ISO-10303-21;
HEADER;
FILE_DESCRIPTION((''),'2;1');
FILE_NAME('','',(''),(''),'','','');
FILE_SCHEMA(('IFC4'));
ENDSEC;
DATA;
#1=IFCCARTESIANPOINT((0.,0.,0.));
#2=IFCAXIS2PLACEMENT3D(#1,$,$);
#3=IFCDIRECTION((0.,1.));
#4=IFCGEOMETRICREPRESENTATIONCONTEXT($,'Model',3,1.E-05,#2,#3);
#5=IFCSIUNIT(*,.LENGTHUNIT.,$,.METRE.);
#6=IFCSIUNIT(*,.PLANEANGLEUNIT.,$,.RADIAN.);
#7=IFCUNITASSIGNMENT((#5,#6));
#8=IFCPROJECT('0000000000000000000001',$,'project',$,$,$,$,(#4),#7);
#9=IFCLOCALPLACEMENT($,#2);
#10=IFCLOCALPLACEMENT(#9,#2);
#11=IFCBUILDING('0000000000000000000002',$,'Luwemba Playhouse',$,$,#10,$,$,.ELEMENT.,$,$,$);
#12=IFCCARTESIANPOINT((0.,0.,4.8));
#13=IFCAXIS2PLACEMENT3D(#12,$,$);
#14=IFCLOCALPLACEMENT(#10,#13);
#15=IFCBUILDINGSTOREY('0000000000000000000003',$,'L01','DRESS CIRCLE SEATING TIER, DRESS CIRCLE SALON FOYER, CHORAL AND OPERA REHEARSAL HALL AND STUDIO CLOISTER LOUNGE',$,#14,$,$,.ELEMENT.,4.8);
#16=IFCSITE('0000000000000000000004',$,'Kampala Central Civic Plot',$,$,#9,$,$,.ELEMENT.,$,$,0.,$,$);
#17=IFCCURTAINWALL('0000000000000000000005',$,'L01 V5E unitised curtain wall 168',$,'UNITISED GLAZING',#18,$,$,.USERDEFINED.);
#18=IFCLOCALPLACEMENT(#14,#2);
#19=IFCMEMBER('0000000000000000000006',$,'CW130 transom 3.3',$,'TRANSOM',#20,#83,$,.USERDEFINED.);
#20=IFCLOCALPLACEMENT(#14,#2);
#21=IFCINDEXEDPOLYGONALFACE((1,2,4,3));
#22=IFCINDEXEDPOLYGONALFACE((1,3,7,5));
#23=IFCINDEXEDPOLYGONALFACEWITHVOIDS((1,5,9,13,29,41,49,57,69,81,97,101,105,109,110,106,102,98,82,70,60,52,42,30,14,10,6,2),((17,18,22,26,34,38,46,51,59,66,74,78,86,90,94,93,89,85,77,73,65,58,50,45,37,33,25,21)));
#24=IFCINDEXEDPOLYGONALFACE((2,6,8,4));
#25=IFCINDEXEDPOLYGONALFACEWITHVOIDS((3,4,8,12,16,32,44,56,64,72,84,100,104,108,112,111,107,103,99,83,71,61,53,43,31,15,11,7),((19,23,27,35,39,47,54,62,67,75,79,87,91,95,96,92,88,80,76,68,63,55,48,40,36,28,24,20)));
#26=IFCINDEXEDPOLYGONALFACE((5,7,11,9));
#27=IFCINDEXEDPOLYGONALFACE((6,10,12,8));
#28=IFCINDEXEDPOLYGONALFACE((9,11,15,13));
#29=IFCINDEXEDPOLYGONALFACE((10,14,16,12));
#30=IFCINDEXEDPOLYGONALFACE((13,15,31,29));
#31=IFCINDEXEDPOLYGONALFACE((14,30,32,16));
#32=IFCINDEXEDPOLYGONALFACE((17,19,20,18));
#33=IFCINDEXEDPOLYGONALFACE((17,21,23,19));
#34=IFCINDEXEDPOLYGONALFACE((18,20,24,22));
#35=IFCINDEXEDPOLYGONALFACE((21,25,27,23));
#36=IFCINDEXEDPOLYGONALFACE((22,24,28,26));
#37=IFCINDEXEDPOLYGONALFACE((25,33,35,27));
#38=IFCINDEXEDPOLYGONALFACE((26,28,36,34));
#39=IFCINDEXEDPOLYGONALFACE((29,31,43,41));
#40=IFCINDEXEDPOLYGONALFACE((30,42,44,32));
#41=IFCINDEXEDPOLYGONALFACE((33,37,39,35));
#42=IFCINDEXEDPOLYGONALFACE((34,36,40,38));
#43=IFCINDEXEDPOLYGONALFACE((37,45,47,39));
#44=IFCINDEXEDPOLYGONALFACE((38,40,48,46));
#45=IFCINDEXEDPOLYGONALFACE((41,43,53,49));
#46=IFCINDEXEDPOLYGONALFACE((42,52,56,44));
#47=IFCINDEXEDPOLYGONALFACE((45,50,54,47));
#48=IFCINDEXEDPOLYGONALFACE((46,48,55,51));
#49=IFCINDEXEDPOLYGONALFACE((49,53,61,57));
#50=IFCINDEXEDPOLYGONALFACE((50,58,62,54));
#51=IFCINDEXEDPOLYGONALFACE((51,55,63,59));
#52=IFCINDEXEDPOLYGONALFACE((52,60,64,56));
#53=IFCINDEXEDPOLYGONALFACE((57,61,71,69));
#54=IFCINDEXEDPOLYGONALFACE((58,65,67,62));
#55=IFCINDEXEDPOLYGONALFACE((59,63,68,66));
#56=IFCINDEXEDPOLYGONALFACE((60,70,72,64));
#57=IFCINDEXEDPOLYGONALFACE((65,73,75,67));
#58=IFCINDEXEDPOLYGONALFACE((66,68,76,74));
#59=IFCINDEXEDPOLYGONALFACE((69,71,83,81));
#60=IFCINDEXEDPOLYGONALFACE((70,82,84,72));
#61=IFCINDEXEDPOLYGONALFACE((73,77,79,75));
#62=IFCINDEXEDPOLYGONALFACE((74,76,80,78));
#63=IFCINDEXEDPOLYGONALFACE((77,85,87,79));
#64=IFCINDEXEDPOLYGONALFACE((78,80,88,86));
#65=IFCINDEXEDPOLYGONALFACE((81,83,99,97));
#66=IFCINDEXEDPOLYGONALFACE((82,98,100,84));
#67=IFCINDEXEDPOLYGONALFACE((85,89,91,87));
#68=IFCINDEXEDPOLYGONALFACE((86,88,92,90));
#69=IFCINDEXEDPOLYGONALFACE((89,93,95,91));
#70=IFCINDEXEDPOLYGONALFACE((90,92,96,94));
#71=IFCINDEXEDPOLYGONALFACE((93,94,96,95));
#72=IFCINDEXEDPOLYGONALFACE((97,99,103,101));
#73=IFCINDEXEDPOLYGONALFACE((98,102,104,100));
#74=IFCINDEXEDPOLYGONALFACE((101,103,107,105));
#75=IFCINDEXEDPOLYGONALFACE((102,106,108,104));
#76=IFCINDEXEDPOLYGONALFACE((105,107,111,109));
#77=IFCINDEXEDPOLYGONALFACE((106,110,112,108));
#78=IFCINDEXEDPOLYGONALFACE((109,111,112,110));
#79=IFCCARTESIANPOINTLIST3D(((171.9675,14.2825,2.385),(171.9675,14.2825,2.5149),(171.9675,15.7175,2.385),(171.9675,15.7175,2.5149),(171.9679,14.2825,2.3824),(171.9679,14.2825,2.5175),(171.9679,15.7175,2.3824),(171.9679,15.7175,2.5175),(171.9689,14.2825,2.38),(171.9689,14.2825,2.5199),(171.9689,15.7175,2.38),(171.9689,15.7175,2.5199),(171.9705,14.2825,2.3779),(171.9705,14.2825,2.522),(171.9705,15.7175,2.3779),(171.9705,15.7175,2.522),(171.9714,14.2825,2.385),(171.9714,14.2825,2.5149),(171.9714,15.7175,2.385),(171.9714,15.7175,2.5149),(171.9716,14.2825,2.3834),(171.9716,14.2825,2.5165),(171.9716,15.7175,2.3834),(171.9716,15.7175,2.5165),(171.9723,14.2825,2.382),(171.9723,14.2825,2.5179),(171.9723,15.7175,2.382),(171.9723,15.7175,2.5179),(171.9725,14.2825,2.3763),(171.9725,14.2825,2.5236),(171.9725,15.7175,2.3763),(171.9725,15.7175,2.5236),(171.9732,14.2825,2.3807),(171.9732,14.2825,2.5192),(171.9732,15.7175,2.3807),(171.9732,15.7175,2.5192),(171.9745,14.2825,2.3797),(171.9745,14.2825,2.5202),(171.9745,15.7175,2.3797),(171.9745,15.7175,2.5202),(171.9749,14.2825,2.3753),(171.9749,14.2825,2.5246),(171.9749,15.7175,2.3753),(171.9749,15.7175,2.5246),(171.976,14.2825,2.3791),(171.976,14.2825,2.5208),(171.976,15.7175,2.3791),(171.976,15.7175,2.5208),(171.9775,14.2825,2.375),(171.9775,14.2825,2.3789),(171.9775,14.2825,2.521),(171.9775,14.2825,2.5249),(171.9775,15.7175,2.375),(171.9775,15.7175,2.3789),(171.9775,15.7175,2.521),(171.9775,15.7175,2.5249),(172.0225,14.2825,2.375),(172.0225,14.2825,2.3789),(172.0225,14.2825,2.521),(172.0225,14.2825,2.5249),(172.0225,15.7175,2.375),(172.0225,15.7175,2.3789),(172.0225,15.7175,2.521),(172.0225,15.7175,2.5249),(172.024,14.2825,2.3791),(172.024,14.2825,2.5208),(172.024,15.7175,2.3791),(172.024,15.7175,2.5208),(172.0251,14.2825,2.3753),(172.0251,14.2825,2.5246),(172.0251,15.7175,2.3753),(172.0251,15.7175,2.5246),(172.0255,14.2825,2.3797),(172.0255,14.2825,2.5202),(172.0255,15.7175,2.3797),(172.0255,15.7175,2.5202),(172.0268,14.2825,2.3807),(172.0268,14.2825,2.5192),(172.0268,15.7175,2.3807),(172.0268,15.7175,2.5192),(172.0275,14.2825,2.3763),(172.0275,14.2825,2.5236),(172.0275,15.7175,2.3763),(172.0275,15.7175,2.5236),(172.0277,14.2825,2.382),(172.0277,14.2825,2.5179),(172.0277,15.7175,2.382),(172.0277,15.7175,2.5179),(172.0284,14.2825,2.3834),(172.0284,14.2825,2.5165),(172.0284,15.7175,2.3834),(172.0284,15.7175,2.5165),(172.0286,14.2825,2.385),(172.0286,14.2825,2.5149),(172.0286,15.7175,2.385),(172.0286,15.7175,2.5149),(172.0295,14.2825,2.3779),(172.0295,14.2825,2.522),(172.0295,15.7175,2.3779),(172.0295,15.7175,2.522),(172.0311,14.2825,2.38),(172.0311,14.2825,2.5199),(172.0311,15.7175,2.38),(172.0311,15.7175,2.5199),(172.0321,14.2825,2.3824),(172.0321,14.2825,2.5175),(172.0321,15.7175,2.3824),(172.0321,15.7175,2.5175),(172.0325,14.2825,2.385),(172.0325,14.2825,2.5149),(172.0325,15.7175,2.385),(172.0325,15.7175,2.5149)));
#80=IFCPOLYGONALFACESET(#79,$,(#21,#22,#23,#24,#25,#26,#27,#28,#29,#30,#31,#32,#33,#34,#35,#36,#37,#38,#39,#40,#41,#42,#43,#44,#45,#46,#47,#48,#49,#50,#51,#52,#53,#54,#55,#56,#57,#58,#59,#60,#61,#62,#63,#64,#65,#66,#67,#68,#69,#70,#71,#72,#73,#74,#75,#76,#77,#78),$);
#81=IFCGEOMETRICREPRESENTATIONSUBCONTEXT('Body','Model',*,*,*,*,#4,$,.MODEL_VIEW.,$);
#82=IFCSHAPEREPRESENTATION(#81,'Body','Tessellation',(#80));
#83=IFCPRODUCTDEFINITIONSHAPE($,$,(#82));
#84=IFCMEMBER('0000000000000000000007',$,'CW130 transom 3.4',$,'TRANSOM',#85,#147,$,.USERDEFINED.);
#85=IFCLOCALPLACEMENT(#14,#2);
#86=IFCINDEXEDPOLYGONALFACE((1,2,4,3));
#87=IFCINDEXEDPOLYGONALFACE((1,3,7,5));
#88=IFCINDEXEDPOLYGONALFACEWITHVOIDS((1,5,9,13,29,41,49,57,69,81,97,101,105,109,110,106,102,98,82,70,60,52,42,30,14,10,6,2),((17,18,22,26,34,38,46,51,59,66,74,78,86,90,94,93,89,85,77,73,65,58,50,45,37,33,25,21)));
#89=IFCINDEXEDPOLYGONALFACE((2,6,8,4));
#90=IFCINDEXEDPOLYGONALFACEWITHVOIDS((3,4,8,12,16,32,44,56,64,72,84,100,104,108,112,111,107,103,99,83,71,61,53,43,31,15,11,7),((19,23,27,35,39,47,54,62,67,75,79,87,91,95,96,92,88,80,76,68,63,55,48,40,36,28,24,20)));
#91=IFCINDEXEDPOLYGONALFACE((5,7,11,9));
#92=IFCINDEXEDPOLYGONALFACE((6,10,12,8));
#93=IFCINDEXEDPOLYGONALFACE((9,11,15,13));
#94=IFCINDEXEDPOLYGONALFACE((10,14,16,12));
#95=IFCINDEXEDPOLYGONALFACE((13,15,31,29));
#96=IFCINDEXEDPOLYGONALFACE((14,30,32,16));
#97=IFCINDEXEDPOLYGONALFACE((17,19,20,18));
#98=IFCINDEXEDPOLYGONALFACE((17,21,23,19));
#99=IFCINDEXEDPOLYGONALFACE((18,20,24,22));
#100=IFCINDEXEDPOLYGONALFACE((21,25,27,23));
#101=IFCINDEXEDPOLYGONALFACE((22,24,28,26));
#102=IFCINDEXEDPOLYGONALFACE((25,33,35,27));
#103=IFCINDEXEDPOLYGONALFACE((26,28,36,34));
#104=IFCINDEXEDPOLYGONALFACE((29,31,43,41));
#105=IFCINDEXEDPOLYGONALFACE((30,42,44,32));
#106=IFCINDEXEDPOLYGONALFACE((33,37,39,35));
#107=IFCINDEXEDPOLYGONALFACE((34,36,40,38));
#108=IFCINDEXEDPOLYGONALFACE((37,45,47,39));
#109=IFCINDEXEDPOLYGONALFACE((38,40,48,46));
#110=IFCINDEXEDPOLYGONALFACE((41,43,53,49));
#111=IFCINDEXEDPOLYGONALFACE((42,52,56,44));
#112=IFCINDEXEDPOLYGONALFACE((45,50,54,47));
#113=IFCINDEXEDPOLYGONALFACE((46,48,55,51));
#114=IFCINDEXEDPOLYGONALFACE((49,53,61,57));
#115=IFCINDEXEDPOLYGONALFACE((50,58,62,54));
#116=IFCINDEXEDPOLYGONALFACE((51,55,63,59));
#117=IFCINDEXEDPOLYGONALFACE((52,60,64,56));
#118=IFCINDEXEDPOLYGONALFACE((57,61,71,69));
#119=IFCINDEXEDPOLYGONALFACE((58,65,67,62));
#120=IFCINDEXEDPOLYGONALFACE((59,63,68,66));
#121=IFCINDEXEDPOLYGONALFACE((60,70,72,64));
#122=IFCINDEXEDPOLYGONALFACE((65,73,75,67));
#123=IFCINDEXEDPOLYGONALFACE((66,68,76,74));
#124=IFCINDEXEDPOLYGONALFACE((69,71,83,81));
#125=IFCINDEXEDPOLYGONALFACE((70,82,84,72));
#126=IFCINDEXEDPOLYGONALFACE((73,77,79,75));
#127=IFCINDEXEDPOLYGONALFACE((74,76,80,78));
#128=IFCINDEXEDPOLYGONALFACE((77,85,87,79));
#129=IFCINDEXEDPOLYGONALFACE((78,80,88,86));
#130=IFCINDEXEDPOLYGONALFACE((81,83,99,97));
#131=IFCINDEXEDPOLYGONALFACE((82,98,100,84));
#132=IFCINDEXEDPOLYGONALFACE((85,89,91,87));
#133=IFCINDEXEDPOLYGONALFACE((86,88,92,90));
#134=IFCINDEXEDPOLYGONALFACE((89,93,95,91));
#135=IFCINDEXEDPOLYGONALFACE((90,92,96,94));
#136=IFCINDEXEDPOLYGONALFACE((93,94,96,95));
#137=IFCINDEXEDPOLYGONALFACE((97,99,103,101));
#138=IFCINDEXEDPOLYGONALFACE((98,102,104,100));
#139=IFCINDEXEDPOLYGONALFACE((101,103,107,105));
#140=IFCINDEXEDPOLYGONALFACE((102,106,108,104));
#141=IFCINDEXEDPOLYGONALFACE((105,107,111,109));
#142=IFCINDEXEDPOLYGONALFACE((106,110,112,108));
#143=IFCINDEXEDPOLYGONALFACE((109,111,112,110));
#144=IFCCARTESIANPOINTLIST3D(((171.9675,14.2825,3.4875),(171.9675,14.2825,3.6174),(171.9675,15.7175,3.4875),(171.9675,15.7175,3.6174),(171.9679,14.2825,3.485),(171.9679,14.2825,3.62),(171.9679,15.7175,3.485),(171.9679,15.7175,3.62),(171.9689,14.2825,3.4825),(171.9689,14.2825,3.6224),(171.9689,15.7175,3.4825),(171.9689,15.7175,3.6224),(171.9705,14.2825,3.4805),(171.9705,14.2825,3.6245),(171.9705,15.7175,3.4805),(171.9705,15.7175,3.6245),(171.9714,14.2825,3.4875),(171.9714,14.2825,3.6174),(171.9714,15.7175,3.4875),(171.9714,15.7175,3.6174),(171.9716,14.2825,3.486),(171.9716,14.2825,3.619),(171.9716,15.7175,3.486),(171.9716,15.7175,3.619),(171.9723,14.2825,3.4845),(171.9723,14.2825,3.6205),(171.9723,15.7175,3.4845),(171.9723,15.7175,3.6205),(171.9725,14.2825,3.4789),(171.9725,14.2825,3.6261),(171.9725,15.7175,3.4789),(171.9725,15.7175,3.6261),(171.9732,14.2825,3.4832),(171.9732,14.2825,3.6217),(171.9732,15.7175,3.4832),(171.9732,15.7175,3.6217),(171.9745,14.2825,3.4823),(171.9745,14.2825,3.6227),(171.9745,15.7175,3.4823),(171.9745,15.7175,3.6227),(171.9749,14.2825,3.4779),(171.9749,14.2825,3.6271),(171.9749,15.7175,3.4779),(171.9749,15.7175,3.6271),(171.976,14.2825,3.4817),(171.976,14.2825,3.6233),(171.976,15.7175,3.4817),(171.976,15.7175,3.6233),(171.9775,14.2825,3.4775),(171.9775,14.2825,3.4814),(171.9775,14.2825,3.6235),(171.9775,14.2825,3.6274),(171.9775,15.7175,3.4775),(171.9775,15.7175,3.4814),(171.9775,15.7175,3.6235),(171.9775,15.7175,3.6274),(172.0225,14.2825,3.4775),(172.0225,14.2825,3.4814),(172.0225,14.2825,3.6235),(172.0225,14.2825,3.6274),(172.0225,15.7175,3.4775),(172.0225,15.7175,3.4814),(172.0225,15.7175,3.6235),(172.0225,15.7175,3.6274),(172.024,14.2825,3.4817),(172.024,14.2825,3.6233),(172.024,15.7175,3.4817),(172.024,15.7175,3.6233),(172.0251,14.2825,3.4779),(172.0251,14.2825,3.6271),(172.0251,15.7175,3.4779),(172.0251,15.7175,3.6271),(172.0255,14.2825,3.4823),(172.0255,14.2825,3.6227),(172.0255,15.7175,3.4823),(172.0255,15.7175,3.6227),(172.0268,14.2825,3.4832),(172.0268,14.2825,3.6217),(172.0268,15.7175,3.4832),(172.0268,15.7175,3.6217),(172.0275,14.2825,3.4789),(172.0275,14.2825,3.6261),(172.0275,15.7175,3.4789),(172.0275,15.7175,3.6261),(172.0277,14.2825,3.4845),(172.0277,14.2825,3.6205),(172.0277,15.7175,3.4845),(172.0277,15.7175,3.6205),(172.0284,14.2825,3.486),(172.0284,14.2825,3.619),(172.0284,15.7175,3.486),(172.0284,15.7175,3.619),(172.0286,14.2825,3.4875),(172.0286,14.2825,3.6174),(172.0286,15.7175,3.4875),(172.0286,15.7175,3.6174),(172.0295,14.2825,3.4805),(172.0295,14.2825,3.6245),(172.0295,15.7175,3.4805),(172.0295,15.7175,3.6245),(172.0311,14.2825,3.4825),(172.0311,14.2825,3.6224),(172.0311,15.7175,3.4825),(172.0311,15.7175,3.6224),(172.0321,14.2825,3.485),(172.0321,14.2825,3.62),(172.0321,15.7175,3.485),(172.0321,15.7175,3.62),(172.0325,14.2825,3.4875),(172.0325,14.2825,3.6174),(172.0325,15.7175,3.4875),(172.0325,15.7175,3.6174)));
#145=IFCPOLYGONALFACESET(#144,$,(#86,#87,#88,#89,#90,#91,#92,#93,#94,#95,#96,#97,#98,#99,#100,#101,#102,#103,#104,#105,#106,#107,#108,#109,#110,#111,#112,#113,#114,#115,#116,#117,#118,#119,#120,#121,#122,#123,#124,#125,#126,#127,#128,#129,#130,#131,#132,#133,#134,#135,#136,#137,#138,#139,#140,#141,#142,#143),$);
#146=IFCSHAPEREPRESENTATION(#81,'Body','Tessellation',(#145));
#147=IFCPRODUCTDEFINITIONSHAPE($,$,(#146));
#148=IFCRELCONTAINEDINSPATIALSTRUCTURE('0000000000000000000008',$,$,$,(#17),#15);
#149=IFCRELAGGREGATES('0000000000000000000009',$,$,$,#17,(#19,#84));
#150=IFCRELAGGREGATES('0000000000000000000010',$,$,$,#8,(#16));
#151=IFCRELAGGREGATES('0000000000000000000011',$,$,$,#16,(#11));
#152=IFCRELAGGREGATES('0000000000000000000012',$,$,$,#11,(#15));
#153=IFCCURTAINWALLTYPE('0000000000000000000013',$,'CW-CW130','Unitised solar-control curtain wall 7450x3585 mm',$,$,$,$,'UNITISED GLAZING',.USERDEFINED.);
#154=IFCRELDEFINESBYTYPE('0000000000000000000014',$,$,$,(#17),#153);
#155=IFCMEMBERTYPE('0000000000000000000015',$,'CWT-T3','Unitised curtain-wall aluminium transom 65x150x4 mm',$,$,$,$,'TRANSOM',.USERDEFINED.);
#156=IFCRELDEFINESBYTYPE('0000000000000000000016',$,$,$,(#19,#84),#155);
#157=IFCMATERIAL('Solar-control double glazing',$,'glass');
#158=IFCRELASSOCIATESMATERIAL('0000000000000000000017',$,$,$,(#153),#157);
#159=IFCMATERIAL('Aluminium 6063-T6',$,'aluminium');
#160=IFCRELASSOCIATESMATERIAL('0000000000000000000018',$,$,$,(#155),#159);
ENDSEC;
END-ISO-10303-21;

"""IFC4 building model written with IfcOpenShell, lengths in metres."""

from ifc_helpers import new_model, si_unit, direction, frame, origin, origin_2d, place, context, subcontext, project, spatial, hollow_rectangle, extrude, material, material_profile, profile_set, type_object, element, aggregate, save


model = new_model("IFC4")

# Units and contexts
model_context = context("Model", 3, precision=1e-05, world=origin(), true_north=direction((0.0, 1.0)))
body_context = subcontext(model_context, "Body", "Model", "MODEL_VIEW")
ifc_project = project(units=[si_unit("LENGTHUNIT", "METRE"), si_unit("PLANEANGLEUNIT", "RADIAN")], contexts=[model_context])

# Site, building, storey
site_placement = place(None, origin())
site = spatial("IfcSite", under=ifc_project, at=site_placement, Name="Kampala Central Civic Plot", CompositionType="ELEMENT", RefElevation=0.0)
building_placement = place(site_placement, origin())
building = spatial("IfcBuilding", under=site, at=building_placement, Name="Luwemba Playhouse", CompositionType="ELEMENT")
storey_placement = place(building_placement, frame((0.0, 0.0, 4.8)))
storey = spatial("IfcBuildingStorey", under=building, at=storey_placement, Name="L01", Description="DRESS CIRCLE SEATING TIER, DRESS CIRCLE SALON FOYER, CHORAL AND OPERA REHEARSAL HALL AND STUDIO CLOISTER LOUNGE", CompositionType="ELEMENT", Elevation=4.8)

# Curtain wall, members
ifc_material_1 = material(Name="Solar-control double glazing", Category="glass")
curtain_wall_type_1 = type_object("IfcCurtainWallType", Name="CW-CW130", Description="Unitised solar-control curtain wall 7450x3585 mm", ElementType="UNITISED GLAZING", PredefinedType="USERDEFINED", material=ifc_material_1)
curtain_wall_1_placement = place(storey_placement, origin())
curtain_wall_1 = element("IfcCurtainWall", 1, at=curtain_wall_1_placement, inside=storey, type_object=curtain_wall_type_1, Name="L01 V5E unitised curtain wall 168", ObjectType="UNITISED GLAZING", PredefinedType="USERDEFINED")
ifc_material_2 = material(Name="Aluminium 6063-T6", Category="aluminium")
ifc_material_profile_1 = material_profile(ifc_material_2, hollow_rectangle(XDim=0.0649, YDim=0.1499, WallThickness=0.0039, InnerFilletRadius=0.0061, OuterFilletRadius=0.01, at=origin_2d()))
ifc_profile_set_1 = profile_set([ifc_material_profile_1], Name="Aluminium 6063-T6")
member_type_1 = type_object("IfcMemberType", Name="CWT-T3", Description="Unitised curtain-wall aluminium transom 65x150x4 mm", ElementType="TRANSOM", PredefinedType="USERDEFINED", material=ifc_profile_set_1)
member_1_placement = place(storey_placement, frame((172.0, 15.7175, 2.45), z_axis=(0.0, -1.0, 0.0), x_axis=(1.0, 0.0, 0.0)))
member_1 = element("IfcMember", 2, at=member_1_placement, type_object=member_type_1, Name="CW130 transom 3.3", ObjectType="TRANSOM", PredefinedType="USERDEFINED", context=body_context, shape_type="SweptSolid", body=[
    extrude(hollow_rectangle(XDim=0.0649, YDim=0.1499, WallThickness=0.0039, InnerFilletRadius=0.0061, OuterFilletRadius=0.01, at=origin_2d()), origin(), (0.0, 0.0, 1.0), 1.4351),
])
member_2_placement = place(storey_placement, frame((172.0, 15.7175, 3.5525), z_axis=(0.0, -1.0, 0.0), x_axis=(1.0, 0.0, 0.0)))
member_2 = element("IfcMember", 3, at=member_2_placement, type_object=member_type_1, Name="CW130 transom 3.4", ObjectType="TRANSOM", PredefinedType="USERDEFINED", context=body_context, shape_type="SweptSolid", body=[
    extrude(hollow_rectangle(XDim=0.0649, YDim=0.1499, WallThickness=0.0039, InnerFilletRadius=0.0061, OuterFilletRadius=0.01, at=origin_2d()), origin(), (0.0, 0.0, 1.0), 1.4351),
])

aggregate(curtain_wall_1, [member_1, member_2])

save(model, "model.ifc")
